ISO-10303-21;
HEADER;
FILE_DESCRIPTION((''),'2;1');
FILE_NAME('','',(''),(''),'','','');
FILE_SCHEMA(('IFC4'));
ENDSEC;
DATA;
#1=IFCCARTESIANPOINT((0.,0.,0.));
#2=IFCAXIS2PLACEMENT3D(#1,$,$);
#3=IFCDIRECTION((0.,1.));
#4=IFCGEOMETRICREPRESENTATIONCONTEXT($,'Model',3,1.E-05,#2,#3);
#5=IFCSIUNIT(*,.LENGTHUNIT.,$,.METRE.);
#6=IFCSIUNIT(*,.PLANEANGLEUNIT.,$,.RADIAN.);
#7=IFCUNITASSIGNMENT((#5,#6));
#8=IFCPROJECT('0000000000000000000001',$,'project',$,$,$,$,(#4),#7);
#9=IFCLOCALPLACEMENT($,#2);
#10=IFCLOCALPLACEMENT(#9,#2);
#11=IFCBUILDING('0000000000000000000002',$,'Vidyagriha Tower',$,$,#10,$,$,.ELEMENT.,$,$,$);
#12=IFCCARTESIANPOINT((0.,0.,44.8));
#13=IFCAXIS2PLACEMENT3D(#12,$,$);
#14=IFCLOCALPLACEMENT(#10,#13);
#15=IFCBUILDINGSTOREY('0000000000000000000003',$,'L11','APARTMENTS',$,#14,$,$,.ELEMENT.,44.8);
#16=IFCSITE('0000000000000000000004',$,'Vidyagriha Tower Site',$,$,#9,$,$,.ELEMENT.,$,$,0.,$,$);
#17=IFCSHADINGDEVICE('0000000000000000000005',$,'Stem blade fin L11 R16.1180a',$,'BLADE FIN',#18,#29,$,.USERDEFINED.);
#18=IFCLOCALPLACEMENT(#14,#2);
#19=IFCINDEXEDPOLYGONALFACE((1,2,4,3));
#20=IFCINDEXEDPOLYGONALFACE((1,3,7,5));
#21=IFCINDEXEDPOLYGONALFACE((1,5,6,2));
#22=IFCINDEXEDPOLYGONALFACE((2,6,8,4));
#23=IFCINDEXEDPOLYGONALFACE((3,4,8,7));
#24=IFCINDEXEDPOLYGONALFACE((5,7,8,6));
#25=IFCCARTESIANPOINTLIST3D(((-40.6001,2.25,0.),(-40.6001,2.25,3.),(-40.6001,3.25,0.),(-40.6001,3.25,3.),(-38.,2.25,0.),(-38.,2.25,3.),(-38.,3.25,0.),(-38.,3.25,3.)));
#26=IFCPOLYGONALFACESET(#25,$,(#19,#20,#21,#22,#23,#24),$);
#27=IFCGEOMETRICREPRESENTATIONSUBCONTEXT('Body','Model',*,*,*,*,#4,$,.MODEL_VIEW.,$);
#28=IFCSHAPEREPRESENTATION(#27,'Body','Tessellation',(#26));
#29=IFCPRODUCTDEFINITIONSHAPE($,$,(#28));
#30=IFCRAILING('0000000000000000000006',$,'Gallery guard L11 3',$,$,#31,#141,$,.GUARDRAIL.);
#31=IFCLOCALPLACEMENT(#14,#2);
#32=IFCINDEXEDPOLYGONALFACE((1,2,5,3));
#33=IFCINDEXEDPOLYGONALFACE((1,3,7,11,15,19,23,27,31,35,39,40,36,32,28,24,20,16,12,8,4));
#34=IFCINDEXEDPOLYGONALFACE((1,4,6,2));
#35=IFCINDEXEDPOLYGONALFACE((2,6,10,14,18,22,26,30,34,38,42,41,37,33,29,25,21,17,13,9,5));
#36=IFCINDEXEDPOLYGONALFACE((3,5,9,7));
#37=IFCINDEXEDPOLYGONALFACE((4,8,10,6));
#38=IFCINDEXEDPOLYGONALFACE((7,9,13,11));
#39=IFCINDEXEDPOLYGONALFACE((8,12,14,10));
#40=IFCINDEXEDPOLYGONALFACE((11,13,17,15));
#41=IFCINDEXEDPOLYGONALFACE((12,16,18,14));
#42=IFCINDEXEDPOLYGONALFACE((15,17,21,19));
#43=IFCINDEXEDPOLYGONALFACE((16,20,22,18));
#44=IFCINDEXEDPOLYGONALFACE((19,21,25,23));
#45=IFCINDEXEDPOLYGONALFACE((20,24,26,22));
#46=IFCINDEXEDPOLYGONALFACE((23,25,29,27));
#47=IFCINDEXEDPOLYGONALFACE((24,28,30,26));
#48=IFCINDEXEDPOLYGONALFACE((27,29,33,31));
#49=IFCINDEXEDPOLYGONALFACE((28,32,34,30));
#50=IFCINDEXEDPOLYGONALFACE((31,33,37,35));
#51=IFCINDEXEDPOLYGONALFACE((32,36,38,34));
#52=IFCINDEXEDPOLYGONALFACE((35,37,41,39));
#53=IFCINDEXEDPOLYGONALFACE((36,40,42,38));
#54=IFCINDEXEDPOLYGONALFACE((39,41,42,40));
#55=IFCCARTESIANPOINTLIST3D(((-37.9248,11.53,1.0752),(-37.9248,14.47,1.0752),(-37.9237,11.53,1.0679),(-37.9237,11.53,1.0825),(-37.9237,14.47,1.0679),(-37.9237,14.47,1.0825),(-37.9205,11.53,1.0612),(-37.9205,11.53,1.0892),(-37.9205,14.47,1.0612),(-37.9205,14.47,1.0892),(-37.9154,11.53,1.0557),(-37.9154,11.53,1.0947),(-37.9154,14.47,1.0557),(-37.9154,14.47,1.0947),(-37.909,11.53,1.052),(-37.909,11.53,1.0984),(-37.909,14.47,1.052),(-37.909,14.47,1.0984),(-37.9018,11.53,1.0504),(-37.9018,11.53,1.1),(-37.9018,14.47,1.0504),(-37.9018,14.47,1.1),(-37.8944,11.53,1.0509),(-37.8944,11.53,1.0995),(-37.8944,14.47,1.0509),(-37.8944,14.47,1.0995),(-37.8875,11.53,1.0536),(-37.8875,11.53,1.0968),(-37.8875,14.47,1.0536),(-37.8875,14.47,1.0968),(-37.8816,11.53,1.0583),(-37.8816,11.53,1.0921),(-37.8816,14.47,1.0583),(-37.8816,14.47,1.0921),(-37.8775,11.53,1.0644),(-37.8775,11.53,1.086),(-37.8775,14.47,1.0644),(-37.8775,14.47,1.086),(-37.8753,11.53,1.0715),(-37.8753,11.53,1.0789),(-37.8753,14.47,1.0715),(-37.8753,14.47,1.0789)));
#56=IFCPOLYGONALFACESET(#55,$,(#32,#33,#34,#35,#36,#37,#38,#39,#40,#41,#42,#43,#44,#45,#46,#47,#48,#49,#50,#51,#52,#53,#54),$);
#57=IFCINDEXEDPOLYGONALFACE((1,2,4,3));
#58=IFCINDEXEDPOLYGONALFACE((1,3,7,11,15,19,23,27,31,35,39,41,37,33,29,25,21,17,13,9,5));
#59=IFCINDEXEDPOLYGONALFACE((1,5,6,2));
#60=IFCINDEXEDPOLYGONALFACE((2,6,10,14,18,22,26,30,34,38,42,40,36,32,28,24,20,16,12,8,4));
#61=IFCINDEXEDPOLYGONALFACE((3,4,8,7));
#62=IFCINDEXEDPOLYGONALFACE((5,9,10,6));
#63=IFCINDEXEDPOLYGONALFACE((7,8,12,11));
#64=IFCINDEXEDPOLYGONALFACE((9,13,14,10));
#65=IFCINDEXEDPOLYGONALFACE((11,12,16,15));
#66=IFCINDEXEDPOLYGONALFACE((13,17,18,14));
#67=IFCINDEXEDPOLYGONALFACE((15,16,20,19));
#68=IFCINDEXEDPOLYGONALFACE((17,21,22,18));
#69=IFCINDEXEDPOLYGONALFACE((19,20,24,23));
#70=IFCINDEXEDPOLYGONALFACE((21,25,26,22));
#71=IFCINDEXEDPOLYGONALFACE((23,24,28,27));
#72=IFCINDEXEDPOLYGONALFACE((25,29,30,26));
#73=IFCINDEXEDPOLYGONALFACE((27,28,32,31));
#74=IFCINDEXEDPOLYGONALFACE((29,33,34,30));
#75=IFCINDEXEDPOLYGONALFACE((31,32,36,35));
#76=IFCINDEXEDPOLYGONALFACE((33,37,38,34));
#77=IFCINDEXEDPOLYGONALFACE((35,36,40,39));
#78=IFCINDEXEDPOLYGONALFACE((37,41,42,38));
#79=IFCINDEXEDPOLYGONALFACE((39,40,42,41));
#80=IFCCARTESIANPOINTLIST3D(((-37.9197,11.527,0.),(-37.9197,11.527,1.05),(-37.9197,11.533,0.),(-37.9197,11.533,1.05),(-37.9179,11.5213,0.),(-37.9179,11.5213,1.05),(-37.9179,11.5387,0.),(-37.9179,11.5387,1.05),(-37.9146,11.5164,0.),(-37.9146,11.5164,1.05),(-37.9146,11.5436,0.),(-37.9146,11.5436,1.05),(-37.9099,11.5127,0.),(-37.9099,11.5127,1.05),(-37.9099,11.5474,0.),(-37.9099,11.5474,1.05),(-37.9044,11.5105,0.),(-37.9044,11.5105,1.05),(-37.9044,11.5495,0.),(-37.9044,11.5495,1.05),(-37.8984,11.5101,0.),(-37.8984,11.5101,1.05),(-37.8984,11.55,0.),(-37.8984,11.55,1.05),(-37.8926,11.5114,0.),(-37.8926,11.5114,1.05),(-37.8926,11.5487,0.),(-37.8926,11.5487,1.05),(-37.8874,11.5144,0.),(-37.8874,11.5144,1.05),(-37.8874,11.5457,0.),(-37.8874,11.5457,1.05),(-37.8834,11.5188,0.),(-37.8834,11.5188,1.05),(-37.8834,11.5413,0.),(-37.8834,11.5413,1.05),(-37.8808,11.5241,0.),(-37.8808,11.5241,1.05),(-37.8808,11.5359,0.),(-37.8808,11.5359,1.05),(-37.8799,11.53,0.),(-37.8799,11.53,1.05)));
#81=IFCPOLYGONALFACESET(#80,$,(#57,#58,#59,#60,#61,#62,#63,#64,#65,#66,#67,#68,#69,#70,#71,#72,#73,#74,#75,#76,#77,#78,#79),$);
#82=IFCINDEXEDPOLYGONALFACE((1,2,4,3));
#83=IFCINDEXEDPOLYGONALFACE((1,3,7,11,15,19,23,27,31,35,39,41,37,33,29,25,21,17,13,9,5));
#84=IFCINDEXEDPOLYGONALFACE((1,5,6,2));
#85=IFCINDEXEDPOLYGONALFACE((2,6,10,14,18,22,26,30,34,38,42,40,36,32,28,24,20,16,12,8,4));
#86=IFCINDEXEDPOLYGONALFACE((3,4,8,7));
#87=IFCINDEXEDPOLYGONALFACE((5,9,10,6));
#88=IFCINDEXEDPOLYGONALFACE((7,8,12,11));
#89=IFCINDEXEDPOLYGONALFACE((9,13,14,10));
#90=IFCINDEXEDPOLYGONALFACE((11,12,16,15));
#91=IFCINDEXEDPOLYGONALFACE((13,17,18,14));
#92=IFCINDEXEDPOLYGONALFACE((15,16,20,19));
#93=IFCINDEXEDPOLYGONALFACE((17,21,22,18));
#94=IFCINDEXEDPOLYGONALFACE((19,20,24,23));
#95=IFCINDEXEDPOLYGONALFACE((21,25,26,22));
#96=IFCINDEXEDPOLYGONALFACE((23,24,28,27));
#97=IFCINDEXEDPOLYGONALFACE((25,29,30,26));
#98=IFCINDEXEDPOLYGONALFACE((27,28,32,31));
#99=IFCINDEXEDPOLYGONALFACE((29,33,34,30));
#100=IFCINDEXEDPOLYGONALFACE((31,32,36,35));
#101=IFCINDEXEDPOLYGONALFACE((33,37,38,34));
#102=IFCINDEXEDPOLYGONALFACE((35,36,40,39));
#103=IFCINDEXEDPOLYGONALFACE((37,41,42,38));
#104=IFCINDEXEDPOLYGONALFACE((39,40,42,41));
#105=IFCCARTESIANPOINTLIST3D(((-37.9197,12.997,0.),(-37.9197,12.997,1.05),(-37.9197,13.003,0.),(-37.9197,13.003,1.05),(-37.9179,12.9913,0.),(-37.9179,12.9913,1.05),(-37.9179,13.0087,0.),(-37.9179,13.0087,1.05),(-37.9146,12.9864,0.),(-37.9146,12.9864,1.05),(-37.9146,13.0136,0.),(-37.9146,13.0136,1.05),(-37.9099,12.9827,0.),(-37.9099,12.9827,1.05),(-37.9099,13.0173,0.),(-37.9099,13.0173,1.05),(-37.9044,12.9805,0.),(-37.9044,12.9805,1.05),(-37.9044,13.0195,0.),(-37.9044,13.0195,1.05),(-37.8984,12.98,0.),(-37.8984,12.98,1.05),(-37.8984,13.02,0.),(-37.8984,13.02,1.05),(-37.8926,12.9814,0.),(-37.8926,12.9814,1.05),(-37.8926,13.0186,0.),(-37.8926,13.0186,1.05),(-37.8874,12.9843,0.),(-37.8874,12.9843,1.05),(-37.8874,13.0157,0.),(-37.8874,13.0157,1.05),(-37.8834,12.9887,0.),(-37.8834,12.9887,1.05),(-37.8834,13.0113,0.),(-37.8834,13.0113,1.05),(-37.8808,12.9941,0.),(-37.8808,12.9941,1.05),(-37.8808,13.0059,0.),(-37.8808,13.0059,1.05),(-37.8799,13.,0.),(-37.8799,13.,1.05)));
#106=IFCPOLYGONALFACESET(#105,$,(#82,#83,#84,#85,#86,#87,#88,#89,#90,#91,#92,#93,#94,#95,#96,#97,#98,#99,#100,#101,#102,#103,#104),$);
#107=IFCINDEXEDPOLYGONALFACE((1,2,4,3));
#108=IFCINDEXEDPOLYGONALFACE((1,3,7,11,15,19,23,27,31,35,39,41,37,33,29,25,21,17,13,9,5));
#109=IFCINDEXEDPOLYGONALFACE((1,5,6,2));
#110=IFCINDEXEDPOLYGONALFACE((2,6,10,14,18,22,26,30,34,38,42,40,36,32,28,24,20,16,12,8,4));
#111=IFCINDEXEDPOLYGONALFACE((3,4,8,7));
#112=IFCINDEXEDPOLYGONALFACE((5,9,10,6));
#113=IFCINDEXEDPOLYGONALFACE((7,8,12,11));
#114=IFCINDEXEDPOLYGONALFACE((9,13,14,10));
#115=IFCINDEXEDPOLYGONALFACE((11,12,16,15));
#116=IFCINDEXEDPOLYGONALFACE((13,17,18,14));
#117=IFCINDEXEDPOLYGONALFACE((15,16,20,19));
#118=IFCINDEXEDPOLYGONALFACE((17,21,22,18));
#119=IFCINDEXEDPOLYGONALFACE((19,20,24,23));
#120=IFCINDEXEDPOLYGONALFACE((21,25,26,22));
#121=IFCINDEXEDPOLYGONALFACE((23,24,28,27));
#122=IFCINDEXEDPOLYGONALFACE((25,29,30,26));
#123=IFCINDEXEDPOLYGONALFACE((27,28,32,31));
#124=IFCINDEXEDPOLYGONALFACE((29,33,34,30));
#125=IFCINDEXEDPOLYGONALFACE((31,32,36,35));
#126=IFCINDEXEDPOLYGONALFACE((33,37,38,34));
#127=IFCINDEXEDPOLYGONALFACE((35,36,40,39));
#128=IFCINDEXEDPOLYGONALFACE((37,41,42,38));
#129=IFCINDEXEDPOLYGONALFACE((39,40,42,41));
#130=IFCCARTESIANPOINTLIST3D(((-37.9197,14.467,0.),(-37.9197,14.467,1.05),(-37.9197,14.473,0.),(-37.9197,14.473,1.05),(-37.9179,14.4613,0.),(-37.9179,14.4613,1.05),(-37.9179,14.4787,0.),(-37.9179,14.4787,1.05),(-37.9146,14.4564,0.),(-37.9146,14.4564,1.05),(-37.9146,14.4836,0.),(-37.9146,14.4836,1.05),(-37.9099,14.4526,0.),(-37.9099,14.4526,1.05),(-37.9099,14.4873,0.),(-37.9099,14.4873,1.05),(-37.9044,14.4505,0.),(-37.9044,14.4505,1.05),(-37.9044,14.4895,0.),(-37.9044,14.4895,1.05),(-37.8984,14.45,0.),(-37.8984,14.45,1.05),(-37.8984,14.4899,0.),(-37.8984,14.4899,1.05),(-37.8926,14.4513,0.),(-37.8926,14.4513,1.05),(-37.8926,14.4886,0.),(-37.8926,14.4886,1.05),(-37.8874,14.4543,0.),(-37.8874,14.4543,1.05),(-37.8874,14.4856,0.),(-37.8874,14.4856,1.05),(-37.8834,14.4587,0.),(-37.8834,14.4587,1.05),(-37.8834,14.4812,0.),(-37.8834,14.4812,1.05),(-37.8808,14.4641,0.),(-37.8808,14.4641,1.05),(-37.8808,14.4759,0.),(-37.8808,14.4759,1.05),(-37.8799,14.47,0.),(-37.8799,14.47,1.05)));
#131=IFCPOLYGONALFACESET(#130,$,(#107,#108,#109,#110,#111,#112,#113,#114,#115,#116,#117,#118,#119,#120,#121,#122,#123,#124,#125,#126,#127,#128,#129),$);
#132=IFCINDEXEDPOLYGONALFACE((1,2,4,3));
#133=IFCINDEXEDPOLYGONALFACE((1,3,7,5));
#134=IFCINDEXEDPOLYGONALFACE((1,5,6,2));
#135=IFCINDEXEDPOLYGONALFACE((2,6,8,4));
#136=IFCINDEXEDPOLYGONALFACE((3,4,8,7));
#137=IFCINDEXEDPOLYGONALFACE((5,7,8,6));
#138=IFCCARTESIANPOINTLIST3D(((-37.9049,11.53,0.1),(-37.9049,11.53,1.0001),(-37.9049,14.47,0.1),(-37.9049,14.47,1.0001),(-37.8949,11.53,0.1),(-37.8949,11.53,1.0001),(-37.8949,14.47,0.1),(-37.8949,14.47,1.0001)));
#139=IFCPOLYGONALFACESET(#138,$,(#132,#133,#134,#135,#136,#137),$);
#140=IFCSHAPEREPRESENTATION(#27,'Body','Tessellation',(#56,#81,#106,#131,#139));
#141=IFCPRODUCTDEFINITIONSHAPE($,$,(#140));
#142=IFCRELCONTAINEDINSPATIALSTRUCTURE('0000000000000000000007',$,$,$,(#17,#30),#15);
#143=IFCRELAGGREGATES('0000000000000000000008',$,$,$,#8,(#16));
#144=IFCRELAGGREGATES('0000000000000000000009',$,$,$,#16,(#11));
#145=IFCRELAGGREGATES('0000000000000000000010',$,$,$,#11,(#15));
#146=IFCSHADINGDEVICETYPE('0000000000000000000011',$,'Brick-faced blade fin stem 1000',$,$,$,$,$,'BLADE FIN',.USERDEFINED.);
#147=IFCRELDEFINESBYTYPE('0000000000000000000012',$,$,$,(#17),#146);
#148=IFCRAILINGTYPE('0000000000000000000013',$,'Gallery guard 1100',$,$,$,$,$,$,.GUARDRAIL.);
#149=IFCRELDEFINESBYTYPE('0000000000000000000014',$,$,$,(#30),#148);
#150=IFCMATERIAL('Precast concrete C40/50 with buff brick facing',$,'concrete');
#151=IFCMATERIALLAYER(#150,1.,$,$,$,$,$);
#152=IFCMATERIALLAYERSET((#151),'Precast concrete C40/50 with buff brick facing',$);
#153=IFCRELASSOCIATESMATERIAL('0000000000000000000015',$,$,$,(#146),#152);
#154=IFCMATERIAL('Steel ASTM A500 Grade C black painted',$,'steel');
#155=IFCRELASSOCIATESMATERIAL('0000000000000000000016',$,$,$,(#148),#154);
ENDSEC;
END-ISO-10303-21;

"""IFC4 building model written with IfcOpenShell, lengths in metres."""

from ifc_helpers import new_model, si_unit, direction, frame, origin, origin_2d, place, context, subcontext, project, spatial, polyline, rectangle, circle, outline, extrude, material, layer, layer_set, type_object, element, save


model = new_model("IFC4")

# Units and contexts
model_context = context("Model", 3, precision=1e-05, world=origin(), true_north=direction((0.0, 1.0)))
body_context = subcontext(model_context, "Body", "Model", "MODEL_VIEW")
ifc_project = project(units=[si_unit("LENGTHUNIT", "METRE"), si_unit("PLANEANGLEUNIT", "RADIAN")], contexts=[model_context])

# Site, building, storey
site_placement = place(None, origin())
site = spatial("IfcSite", under=ifc_project, at=site_placement, Name="Vidyagriha Tower Site", CompositionType="ELEMENT", RefElevation=0.0)
building_placement = place(site_placement, origin())
building = spatial("IfcBuilding", under=site, at=building_placement, Name="Vidyagriha Tower", CompositionType="ELEMENT")
storey_placement = place(building_placement, frame((0.0, 0.0, 44.8)))
storey = spatial("IfcBuildingStorey", under=building, at=storey_placement, Name="L11", Description="APARTMENTS", CompositionType="ELEMENT", Elevation=44.8)

# Shading device
ifc_material_1 = material(Name="Precast concrete C40/50 with buff brick facing", Category="concrete")
ifc_layer_1 = layer(ifc_material_1, 1.0)
ifc_layer_set_1 = layer_set([ifc_layer_1], Name="Precast concrete C40/50 with buff brick facing")
shading_device_type_1 = type_object("IfcShadingDeviceType", Name="Brick-faced blade fin stem 1000", ElementType="BLADE FIN", PredefinedType="USERDEFINED", material=ifc_layer_set_1)
shading_device_1_placement = place(storey_placement, frame((-39.3, 3.25, 0.0), z_axis=(0.0, 0.0, 1.0), x_axis=(0.0, -1.0, 0.0)))
element("IfcShadingDevice", 1, at=shading_device_1_placement, inside=storey, type_object=shading_device_type_1, Name="Stem blade fin L11 R16.1180a", ObjectType="BLADE FIN", PredefinedType="USERDEFINED", context=body_context, shape_type="SweptSolid", body=[
    extrude(outline(polyline([(0.0, 0.0), (1.0, 0.0), (1.0, 3.0), (0.0, 3.0), (0.0, 0.0)])), frame((0.0, 1.3, 0.0), z_axis=(0.0, -1.0, 0.0), x_axis=(1.0, 0.0, 0.0)), (0.0, 0.0, 1.0), 2.6001),
])

# Railing
ifc_material_2 = material(Name="Steel ASTM A500 Grade C black painted", Category="steel")
railing_type_1 = type_object("IfcRailingType", Name="Gallery guard 1100", PredefinedType="GUARDRAIL", material=ifc_material_2)
railing_1_placement = place(storey_placement, frame((-37.8999, 11.53, 0.0)))
element("IfcRailing", 2, at=railing_1_placement, inside=storey, type_object=railing_type_1, Name="Gallery guard L11 3", PredefinedType="GUARDRAIL", context=body_context, shape_type="SweptSolid", body=[
    extrude(circle(Radius=0.0249, at=origin_2d()), frame((0.0, 0.0, 1.0752), z_axis=(0.0, 1.0, 0.0), x_axis=(-1.0, 0.0, 0.0)), (0.0, 0.0, 1.0), 2.9399),
    extrude(circle(Radius=0.02, at=origin_2d()), origin(), (0.0, 0.0, 1.0), 1.05),
    extrude(circle(Radius=0.02, at=origin_2d()), frame((0.0, 1.47, 0.0)), (0.0, 0.0, 1.0), 1.05),
    extrude(circle(Radius=0.02, at=origin_2d()), frame((0.0, 2.9399, 0.0)), (0.0, 0.0, 1.0), 1.05),
    extrude(rectangle(XDim=0.01, YDim=0.9001, at=origin_2d()), frame((0.0, 0.0, 0.55), z_axis=(0.0, 1.0, 0.0), x_axis=(-1.0, 0.0, 0.0)), (0.0, 0.0, 1.0), 2.9399),
])

save(model, "model.ifc")
